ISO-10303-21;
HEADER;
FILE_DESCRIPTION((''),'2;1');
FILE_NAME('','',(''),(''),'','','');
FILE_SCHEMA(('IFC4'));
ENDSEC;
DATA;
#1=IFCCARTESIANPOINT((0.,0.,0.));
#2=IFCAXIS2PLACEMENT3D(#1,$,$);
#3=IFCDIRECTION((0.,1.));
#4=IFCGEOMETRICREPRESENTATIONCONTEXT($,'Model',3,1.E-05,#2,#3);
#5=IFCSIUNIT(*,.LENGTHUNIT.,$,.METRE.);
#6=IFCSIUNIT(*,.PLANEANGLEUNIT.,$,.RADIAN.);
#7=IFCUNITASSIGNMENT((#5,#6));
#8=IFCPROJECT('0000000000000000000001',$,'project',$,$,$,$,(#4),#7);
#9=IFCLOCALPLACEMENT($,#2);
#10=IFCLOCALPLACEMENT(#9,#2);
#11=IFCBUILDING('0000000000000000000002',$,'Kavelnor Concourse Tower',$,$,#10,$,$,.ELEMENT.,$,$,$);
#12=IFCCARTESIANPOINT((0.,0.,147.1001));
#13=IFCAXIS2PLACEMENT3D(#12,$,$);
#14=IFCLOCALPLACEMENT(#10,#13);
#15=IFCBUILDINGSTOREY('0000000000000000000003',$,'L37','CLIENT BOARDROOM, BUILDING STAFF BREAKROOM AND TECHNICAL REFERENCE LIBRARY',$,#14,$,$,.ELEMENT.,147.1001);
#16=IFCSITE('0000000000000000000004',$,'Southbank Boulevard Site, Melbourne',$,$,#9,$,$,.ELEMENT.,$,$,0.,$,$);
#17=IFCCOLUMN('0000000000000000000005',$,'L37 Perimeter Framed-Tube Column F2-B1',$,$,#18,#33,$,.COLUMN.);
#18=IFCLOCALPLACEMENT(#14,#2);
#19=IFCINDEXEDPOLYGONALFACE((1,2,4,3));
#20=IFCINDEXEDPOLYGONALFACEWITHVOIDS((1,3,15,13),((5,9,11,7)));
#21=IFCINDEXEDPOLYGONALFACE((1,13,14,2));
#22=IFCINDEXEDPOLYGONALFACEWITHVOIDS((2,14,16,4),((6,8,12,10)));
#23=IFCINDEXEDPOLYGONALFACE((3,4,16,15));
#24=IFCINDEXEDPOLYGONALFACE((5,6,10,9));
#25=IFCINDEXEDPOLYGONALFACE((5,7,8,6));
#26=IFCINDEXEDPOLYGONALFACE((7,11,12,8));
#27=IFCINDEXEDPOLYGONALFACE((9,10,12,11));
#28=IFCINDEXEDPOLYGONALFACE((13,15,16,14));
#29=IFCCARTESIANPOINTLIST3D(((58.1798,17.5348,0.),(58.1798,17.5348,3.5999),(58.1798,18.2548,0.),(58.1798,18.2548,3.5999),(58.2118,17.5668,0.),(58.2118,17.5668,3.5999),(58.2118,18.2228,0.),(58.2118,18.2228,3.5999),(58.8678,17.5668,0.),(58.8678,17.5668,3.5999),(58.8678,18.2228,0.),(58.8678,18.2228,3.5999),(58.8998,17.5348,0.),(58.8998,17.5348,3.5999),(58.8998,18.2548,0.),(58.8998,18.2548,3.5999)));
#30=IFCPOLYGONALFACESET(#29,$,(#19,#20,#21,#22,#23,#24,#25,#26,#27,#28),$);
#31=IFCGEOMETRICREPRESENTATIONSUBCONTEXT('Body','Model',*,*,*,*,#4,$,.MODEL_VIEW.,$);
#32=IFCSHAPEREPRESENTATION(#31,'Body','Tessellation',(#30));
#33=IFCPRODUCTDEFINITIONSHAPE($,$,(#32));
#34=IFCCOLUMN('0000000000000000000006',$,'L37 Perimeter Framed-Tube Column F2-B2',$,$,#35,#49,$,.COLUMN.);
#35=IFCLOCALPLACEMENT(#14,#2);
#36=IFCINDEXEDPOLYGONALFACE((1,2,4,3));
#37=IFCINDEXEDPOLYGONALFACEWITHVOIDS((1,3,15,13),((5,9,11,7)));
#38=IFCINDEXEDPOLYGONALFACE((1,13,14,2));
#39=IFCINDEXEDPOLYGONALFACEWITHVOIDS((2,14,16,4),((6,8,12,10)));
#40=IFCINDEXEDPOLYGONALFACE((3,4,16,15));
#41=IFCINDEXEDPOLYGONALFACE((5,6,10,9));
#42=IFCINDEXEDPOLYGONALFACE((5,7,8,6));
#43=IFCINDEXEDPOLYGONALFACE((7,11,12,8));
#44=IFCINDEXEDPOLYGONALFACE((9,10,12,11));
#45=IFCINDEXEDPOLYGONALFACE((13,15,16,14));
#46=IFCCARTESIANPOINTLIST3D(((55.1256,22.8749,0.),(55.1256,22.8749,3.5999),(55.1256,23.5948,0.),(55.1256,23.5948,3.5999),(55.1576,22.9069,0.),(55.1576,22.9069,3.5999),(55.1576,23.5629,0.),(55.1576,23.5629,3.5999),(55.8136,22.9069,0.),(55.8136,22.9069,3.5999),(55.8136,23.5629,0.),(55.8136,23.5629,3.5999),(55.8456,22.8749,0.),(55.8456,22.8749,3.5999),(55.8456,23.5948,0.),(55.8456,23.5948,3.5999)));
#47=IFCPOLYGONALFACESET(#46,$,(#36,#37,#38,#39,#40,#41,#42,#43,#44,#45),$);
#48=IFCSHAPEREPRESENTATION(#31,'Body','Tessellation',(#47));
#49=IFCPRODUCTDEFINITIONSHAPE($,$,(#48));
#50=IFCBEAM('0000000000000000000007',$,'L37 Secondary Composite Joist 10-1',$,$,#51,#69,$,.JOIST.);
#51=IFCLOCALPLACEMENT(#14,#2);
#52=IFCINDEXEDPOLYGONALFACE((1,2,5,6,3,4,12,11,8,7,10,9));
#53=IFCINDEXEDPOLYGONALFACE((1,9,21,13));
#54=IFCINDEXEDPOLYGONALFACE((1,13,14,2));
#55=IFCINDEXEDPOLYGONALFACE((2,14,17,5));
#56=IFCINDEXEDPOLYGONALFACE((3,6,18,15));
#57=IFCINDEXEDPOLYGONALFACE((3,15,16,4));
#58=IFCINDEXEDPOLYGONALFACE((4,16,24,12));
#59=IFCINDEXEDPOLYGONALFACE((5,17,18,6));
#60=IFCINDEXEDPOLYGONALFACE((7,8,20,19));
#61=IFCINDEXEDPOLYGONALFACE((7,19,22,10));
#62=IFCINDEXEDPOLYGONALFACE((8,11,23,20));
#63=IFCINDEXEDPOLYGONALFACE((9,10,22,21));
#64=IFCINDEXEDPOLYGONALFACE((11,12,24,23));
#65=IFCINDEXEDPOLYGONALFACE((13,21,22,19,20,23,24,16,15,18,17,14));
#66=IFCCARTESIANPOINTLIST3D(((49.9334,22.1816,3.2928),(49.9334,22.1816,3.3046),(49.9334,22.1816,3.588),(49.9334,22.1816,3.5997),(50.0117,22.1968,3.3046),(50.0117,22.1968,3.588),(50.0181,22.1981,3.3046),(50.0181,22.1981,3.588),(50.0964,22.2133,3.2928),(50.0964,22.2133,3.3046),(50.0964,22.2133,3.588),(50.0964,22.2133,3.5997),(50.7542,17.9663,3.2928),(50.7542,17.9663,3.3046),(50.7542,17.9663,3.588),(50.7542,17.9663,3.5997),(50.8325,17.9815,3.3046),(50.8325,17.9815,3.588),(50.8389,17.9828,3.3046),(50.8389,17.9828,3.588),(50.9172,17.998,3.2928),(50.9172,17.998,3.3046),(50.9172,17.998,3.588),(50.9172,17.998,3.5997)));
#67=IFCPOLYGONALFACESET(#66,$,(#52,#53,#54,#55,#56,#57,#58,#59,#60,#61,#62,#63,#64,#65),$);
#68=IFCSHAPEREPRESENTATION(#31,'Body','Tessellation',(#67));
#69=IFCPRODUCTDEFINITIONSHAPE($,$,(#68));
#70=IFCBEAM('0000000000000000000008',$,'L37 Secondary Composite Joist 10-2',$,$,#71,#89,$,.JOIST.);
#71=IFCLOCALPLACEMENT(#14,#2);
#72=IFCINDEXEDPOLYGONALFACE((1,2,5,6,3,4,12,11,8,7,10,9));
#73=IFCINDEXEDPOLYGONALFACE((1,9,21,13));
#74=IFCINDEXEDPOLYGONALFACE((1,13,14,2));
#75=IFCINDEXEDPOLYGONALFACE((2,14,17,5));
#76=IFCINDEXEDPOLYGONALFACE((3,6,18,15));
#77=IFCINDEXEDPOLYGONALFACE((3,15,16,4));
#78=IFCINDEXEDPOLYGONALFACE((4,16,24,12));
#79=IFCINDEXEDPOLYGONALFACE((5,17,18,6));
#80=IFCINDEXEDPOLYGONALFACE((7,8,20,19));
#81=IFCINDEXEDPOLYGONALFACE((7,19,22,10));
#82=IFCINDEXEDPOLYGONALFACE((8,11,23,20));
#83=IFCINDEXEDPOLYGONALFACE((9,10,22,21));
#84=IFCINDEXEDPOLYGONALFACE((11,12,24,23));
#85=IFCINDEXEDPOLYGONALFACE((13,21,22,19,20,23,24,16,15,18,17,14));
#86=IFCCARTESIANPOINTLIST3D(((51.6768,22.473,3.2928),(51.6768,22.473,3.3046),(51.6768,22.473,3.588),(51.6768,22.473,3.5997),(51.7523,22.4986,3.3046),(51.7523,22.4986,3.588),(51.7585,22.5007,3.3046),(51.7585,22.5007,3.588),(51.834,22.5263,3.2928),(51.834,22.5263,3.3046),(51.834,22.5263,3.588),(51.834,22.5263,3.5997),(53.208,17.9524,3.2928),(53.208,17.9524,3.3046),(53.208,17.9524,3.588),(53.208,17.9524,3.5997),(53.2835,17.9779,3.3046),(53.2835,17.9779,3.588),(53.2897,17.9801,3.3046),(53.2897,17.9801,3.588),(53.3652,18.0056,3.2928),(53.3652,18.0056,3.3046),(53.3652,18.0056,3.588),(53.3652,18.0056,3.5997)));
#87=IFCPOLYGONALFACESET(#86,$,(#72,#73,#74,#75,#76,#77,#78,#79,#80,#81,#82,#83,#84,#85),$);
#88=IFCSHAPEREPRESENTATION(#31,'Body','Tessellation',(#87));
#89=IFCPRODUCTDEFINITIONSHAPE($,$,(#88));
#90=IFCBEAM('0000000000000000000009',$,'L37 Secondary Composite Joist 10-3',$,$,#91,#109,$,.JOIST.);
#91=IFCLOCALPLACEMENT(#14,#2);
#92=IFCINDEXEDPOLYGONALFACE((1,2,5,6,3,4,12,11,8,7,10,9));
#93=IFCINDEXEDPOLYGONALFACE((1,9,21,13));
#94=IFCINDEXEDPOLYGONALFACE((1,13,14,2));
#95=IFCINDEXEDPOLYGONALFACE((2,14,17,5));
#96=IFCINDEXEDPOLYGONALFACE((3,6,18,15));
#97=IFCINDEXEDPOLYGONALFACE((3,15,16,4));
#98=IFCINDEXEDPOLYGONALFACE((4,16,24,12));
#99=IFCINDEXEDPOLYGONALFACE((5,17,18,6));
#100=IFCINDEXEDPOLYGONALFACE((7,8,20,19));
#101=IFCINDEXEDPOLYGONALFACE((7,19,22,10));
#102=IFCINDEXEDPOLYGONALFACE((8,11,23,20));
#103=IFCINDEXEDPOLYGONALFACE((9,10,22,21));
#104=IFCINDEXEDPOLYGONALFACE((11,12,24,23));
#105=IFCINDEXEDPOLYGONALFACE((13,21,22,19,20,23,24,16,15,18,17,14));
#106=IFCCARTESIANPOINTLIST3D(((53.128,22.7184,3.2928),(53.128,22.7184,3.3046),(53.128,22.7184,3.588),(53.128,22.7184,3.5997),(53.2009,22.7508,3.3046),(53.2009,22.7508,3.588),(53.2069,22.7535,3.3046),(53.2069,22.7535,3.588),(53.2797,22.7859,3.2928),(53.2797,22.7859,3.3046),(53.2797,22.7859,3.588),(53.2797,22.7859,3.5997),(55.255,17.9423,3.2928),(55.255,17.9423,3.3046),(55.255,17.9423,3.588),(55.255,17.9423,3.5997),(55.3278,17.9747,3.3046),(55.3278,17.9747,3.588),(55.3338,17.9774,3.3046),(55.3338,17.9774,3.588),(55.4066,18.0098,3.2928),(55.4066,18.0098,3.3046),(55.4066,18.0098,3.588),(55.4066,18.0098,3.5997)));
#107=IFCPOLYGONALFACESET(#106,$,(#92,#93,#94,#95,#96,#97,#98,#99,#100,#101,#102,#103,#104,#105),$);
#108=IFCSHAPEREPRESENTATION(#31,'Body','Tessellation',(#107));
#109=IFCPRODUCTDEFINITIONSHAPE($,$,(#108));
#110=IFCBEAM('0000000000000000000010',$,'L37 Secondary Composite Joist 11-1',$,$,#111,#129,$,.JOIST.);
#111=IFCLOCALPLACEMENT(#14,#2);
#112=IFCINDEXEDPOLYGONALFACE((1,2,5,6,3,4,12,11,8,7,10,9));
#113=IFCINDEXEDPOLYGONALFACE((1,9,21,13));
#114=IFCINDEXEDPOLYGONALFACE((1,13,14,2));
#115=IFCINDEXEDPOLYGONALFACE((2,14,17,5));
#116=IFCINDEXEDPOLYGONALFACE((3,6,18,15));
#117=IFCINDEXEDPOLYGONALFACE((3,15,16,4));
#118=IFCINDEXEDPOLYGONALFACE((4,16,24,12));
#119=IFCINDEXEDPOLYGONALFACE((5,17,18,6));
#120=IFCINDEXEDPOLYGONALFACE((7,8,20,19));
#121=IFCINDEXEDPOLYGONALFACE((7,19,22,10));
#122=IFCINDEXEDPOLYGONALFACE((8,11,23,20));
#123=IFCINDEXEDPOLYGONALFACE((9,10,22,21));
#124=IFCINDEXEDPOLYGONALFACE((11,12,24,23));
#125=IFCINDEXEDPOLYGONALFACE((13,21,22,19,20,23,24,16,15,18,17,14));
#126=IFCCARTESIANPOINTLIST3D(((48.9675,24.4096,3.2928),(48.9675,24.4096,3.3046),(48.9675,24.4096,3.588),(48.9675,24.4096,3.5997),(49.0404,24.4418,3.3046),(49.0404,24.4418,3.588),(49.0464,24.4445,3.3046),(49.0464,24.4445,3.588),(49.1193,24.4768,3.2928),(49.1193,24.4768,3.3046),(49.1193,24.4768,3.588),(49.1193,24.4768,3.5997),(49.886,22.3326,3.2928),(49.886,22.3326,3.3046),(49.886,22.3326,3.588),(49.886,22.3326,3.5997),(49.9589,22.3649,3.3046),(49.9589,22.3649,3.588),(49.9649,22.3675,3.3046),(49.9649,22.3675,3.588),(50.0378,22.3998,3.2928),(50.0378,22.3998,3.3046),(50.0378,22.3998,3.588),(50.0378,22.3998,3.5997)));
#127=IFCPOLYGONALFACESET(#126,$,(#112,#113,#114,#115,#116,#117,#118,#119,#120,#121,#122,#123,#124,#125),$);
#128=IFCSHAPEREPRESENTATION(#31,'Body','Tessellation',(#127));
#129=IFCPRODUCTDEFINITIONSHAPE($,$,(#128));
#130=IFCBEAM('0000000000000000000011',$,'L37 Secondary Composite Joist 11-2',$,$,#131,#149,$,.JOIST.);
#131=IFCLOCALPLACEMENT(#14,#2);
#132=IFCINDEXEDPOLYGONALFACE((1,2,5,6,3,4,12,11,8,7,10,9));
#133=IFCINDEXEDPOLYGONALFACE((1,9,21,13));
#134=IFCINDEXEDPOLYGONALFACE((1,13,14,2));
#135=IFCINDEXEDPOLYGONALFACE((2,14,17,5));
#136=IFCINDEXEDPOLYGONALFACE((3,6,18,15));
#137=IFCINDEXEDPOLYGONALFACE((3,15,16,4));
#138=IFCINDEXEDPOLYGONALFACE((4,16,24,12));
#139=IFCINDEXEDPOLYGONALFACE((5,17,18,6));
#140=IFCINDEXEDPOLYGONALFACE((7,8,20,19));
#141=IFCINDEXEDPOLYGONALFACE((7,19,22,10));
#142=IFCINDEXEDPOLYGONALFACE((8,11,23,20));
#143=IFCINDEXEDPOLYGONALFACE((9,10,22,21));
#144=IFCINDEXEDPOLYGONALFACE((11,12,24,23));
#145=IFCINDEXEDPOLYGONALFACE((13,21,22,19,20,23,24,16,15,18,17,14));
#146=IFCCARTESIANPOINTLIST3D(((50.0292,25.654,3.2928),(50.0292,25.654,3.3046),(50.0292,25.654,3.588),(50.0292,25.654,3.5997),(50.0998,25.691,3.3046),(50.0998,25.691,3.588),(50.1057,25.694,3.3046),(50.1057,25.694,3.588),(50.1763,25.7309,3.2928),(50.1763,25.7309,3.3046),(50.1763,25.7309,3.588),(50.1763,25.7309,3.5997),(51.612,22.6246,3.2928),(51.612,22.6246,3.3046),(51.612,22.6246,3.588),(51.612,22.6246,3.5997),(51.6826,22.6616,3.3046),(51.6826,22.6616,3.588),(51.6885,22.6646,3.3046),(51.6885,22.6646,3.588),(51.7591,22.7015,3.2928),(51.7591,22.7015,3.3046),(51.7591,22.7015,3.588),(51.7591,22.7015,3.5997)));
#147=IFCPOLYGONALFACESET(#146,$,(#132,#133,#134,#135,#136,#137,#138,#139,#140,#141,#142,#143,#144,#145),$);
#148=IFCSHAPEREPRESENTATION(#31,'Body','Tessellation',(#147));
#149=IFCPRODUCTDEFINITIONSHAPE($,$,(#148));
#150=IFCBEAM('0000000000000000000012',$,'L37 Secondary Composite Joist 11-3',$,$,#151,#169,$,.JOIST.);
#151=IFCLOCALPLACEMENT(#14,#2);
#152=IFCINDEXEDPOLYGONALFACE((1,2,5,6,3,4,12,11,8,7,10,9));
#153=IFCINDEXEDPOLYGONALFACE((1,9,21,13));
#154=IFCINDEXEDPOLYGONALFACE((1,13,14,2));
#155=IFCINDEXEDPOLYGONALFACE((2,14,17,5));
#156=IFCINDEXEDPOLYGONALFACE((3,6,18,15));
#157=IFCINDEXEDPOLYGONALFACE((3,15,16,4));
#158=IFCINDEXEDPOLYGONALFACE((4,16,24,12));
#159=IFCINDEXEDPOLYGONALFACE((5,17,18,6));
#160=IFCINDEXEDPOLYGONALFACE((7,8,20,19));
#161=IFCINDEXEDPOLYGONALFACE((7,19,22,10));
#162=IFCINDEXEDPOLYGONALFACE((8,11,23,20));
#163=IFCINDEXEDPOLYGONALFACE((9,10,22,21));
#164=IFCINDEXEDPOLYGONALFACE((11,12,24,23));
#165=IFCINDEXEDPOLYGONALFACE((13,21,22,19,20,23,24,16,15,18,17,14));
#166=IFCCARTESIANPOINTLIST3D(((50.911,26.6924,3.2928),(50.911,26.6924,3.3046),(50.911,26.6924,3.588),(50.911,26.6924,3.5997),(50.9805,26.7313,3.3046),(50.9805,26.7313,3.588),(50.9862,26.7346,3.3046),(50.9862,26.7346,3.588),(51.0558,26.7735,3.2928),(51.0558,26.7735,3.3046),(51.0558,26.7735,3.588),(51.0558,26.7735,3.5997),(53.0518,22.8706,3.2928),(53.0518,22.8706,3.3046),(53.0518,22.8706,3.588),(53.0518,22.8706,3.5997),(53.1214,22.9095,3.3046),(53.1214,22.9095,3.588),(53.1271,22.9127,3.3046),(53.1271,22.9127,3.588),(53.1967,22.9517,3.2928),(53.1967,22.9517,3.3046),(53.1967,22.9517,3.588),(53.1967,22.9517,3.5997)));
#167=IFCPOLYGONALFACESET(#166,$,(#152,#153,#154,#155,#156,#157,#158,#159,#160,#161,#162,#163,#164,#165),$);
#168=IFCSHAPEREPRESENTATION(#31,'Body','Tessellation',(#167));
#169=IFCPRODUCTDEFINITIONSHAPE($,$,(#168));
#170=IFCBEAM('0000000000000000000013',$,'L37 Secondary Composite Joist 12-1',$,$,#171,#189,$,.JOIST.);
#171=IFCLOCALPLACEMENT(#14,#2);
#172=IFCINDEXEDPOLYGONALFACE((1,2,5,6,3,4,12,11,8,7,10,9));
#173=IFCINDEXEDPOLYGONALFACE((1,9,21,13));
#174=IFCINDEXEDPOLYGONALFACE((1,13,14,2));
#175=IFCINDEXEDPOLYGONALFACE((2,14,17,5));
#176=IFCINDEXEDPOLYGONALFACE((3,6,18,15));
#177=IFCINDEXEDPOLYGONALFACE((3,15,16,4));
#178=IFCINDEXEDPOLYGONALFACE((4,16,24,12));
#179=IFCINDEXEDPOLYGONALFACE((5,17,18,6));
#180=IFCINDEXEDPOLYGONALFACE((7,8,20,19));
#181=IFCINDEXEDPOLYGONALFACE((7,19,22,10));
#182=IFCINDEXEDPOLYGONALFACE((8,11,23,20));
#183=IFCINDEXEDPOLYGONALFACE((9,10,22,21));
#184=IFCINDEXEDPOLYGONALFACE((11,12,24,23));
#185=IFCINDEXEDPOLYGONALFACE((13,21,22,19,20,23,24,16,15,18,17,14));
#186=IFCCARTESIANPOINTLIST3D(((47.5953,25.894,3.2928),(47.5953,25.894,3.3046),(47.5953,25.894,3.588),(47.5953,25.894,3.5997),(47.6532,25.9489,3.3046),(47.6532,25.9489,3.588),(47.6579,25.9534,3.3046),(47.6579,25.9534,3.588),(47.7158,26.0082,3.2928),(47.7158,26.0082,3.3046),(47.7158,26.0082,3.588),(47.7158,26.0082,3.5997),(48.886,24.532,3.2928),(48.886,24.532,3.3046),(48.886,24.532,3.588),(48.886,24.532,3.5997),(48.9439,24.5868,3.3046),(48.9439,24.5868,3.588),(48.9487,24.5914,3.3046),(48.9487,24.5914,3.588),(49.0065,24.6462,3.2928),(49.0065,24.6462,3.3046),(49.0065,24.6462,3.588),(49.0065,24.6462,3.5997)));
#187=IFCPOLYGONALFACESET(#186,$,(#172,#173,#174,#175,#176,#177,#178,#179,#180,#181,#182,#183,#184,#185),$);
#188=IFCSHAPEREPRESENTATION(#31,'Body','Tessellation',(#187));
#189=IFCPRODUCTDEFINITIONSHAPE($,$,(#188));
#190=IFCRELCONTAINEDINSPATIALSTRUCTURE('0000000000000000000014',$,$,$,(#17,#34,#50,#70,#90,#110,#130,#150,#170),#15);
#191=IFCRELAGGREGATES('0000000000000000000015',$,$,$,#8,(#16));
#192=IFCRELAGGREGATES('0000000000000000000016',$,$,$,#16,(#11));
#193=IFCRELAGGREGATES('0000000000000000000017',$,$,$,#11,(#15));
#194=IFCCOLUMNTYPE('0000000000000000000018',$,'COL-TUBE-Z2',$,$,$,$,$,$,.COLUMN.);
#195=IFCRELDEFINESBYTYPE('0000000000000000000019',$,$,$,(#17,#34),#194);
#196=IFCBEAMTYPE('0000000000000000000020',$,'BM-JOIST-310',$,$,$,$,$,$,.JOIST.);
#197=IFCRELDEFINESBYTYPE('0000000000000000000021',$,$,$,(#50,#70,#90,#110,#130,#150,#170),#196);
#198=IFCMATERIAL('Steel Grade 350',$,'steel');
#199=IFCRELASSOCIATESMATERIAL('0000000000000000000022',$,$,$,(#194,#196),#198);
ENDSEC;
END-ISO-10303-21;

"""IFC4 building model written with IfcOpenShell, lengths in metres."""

from ifc_helpers import new_model, si_unit, direction, frame, origin, origin_2d, place, context, subcontext, project, spatial, hollow_rectangle, i_section, extrude, material, material_profile, profile_set, type_object, element, save


model = new_model("IFC4")

# Units and contexts
model_context = context("Model", 3, precision=1e-05, world=origin(), true_north=direction((0.0, 1.0)))
body_context = subcontext(model_context, "Body", "Model", "MODEL_VIEW")
ifc_project = project(units=[si_unit("LENGTHUNIT", "METRE"), si_unit("PLANEANGLEUNIT", "RADIAN")], contexts=[model_context])

# Site, building, storey
site_placement = place(None, origin())
site = spatial("IfcSite", under=ifc_project, at=site_placement, Name="Southbank Boulevard Site, Melbourne", CompositionType="ELEMENT", RefElevation=0.0)
building_placement = place(site_placement, origin())
building = spatial("IfcBuilding", under=site, at=building_placement, Name="Kavelnor Concourse Tower", CompositionType="ELEMENT")
storey_placement = place(building_placement, frame((0.0, 0.0, 147.1001)))
storey = spatial("IfcBuildingStorey", under=building, at=storey_placement, Name="L37", Description="CLIENT BOARDROOM, BUILDING STAFF BREAKROOM AND TECHNICAL REFERENCE LIBRARY", CompositionType="ELEMENT", Elevation=147.1001)

# Columns
ifc_material_1 = material(Name="Steel Grade 350", Category="steel")
ifc_material_profile_1 = material_profile(ifc_material_1, hollow_rectangle(XDim=0.72, YDim=0.72, WallThickness=0.032, at=origin_2d()), Name="SHS 720x720x32")
ifc_profile_set_1 = profile_set([ifc_material_profile_1], Name="Steel Grade 350")
column_type = type_object("IfcColumnType", Name="COL-TUBE-Z2", PredefinedType="COLUMN", material=ifc_profile_set_1)
for number, where, z_axis, x_axis, name in (
    (1, (58.5398, 17.8948, 0.0), (0.0, 0.0, 1.0), (1.0, 0.0, 0.0), "L37 Perimeter Framed-Tube Column F2-B1"),
    (2, (55.4856, 23.2349, 0.0), (0.0, 0.0, 1.0), (1.0, 0.0, 0.0), "L37 Perimeter Framed-Tube Column F2-B2"),
):
    element("IfcColumn", number, at=place(storey_placement, frame(where, z_axis=z_axis, x_axis=x_axis)), inside=storey, type_object=column_type, Name=name, PredefinedType="COLUMN", context=body_context, shape_type="SweptSolid", body=[
        extrude(hollow_rectangle(XDim=0.72, YDim=0.72, WallThickness=0.032, at=origin_2d()), origin(), (0.0, 0.0, 1.0), 3.5999),
    ])

# Beams
ifc_material_profile_2 = material_profile(ifc_material_1, i_section(OverallWidth=0.166, OverallDepth=0.3069, WebThickness=0.0066, FlangeThickness=0.0117, at=origin_2d()), Name="310UB46")
ifc_profile_set_2 = profile_set([ifc_material_profile_2], Name="Steel Grade 350")
beam_type_1 = type_object("IfcBeamType", Name="BM-JOIST-310", PredefinedType="JOIST", material=ifc_profile_set_2)
beam_1_placement = place(storey_placement, frame((50.8357, 17.9822, 3.4463), z_axis=(-0.191128, 0.981565, 0.0), x_axis=(-0.981565, -0.191128, 0.0)))
element("IfcBeam", 3, at=beam_1_placement, inside=storey, type_object=beam_type_1, Name="L37 Secondary Composite Joist 10-1", PredefinedType="JOIST", context=body_context, shape_type="SweptSolid", body=[
    extrude(i_section(OverallWidth=0.166, OverallDepth=0.3069, WebThickness=0.0066, FlangeThickness=0.0117, at=origin_2d()), origin(), (0.0, 0.0, 1.0), 4.2944),
])
beam_2_placement = place(storey_placement, frame((53.2866, 17.979, 3.4463), z_axis=(-0.320812, 0.947143, 0.0), x_axis=(-0.947143, -0.320812, 0.0)))
element("IfcBeam", 4, at=beam_2_placement, inside=storey, type_object=beam_type_1, Name="L37 Secondary Composite Joist 10-2", PredefinedType="JOIST", context=body_context, shape_type="SweptSolid", body=[
    extrude(i_section(OverallWidth=0.166, OverallDepth=0.3069, WebThickness=0.0066, FlangeThickness=0.0117, at=origin_2d()), origin(), (0.0, 0.0, 1.0), 4.7729),
])
beam_3_placement = place(storey_placement, frame((55.3308, 17.9761, 3.4463), z_axis=(-0.406814, 0.913511, 0.0), x_axis=(-0.913511, -0.406814, 0.0)))
element("IfcBeam", 5, at=beam_3_placement, inside=storey, type_object=beam_type_1, Name="L37 Secondary Composite Joist 10-3", PredefinedType="JOIST", context=body_context, shape_type="SweptSolid", body=[
    extrude(i_section(OverallWidth=0.166, OverallDepth=0.3069, WebThickness=0.0066, FlangeThickness=0.0117, at=origin_2d()), origin(), (0.0, 0.0, 1.0), 5.2283),
])
beam_4_placement = place(storey_placement, frame((49.9619, 22.3662, 3.4463), z_axis=(-0.404442, 0.914564, 0.0), x_axis=(-0.914564, -0.404442, 0.0)))
element("IfcBeam", 6, at=beam_4_placement, inside=storey, type_object=beam_type_1, Name="L37 Secondary Composite Joist 11-1", PredefinedType="JOIST", context=body_context, shape_type="SweptSolid", body=[
    extrude(i_section(OverallWidth=0.166, OverallDepth=0.3069, WebThickness=0.0066, FlangeThickness=0.0117, at=origin_2d()), origin(), (0.0, 0.0, 1.0), 2.271),
])
beam_5_placement = place(storey_placement, frame((51.6855, 22.6631, 3.4463), z_axis=(-0.463086, 0.886313, 0.0), x_axis=(-0.886313, -0.463086, 0.0)))
element("IfcBeam", 7, at=beam_5_placement, inside=storey, type_object=beam_type_1, Name="L37 Secondary Composite Joist 11-2", PredefinedType="JOIST", context=body_context, shape_type="SweptSolid", body=[
    extrude(i_section(OverallWidth=0.166, OverallDepth=0.3069, WebThickness=0.0066, FlangeThickness=0.0117, at=origin_2d()), origin(), (0.0, 0.0, 1.0), 3.418),
])
beam_6_placement = place(storey_placement, frame((53.1243, 22.9111, 3.4463), z_axis=(-0.48872, 0.87244, 0.0), x_axis=(-0.87244, -0.48872, 0.0)))
element("IfcBeam", 8, at=beam_6_placement, inside=storey, type_object=beam_type_1, Name="L37 Secondary Composite Joist 11-3", PredefinedType="JOIST", context=body_context, shape_type="SweptSolid", body=[
    extrude(i_section(OverallWidth=0.166, OverallDepth=0.3069, WebThickness=0.0066, FlangeThickness=0.0117, at=origin_2d()), origin(), (0.0, 0.0, 1.0), 4.3806),
])
beam_7_placement = place(storey_placement, frame((48.9463, 24.5891, 3.4463), z_axis=(-0.687857, 0.725847, 0.0), x_axis=(-0.725847, -0.687857, 0.0)))
element("IfcBeam", 9, at=beam_7_placement, inside=storey, type_object=beam_type_1, Name="L37 Secondary Composite Joist 12-1", PredefinedType="JOIST", context=body_context, shape_type="SweptSolid", body=[
    extrude(i_section(OverallWidth=0.166, OverallDepth=0.3069, WebThickness=0.0066, FlangeThickness=0.0117, at=origin_2d()), origin(), (0.0, 0.0, 1.0), 1.8765),
])

save(model, "model.ifc")
